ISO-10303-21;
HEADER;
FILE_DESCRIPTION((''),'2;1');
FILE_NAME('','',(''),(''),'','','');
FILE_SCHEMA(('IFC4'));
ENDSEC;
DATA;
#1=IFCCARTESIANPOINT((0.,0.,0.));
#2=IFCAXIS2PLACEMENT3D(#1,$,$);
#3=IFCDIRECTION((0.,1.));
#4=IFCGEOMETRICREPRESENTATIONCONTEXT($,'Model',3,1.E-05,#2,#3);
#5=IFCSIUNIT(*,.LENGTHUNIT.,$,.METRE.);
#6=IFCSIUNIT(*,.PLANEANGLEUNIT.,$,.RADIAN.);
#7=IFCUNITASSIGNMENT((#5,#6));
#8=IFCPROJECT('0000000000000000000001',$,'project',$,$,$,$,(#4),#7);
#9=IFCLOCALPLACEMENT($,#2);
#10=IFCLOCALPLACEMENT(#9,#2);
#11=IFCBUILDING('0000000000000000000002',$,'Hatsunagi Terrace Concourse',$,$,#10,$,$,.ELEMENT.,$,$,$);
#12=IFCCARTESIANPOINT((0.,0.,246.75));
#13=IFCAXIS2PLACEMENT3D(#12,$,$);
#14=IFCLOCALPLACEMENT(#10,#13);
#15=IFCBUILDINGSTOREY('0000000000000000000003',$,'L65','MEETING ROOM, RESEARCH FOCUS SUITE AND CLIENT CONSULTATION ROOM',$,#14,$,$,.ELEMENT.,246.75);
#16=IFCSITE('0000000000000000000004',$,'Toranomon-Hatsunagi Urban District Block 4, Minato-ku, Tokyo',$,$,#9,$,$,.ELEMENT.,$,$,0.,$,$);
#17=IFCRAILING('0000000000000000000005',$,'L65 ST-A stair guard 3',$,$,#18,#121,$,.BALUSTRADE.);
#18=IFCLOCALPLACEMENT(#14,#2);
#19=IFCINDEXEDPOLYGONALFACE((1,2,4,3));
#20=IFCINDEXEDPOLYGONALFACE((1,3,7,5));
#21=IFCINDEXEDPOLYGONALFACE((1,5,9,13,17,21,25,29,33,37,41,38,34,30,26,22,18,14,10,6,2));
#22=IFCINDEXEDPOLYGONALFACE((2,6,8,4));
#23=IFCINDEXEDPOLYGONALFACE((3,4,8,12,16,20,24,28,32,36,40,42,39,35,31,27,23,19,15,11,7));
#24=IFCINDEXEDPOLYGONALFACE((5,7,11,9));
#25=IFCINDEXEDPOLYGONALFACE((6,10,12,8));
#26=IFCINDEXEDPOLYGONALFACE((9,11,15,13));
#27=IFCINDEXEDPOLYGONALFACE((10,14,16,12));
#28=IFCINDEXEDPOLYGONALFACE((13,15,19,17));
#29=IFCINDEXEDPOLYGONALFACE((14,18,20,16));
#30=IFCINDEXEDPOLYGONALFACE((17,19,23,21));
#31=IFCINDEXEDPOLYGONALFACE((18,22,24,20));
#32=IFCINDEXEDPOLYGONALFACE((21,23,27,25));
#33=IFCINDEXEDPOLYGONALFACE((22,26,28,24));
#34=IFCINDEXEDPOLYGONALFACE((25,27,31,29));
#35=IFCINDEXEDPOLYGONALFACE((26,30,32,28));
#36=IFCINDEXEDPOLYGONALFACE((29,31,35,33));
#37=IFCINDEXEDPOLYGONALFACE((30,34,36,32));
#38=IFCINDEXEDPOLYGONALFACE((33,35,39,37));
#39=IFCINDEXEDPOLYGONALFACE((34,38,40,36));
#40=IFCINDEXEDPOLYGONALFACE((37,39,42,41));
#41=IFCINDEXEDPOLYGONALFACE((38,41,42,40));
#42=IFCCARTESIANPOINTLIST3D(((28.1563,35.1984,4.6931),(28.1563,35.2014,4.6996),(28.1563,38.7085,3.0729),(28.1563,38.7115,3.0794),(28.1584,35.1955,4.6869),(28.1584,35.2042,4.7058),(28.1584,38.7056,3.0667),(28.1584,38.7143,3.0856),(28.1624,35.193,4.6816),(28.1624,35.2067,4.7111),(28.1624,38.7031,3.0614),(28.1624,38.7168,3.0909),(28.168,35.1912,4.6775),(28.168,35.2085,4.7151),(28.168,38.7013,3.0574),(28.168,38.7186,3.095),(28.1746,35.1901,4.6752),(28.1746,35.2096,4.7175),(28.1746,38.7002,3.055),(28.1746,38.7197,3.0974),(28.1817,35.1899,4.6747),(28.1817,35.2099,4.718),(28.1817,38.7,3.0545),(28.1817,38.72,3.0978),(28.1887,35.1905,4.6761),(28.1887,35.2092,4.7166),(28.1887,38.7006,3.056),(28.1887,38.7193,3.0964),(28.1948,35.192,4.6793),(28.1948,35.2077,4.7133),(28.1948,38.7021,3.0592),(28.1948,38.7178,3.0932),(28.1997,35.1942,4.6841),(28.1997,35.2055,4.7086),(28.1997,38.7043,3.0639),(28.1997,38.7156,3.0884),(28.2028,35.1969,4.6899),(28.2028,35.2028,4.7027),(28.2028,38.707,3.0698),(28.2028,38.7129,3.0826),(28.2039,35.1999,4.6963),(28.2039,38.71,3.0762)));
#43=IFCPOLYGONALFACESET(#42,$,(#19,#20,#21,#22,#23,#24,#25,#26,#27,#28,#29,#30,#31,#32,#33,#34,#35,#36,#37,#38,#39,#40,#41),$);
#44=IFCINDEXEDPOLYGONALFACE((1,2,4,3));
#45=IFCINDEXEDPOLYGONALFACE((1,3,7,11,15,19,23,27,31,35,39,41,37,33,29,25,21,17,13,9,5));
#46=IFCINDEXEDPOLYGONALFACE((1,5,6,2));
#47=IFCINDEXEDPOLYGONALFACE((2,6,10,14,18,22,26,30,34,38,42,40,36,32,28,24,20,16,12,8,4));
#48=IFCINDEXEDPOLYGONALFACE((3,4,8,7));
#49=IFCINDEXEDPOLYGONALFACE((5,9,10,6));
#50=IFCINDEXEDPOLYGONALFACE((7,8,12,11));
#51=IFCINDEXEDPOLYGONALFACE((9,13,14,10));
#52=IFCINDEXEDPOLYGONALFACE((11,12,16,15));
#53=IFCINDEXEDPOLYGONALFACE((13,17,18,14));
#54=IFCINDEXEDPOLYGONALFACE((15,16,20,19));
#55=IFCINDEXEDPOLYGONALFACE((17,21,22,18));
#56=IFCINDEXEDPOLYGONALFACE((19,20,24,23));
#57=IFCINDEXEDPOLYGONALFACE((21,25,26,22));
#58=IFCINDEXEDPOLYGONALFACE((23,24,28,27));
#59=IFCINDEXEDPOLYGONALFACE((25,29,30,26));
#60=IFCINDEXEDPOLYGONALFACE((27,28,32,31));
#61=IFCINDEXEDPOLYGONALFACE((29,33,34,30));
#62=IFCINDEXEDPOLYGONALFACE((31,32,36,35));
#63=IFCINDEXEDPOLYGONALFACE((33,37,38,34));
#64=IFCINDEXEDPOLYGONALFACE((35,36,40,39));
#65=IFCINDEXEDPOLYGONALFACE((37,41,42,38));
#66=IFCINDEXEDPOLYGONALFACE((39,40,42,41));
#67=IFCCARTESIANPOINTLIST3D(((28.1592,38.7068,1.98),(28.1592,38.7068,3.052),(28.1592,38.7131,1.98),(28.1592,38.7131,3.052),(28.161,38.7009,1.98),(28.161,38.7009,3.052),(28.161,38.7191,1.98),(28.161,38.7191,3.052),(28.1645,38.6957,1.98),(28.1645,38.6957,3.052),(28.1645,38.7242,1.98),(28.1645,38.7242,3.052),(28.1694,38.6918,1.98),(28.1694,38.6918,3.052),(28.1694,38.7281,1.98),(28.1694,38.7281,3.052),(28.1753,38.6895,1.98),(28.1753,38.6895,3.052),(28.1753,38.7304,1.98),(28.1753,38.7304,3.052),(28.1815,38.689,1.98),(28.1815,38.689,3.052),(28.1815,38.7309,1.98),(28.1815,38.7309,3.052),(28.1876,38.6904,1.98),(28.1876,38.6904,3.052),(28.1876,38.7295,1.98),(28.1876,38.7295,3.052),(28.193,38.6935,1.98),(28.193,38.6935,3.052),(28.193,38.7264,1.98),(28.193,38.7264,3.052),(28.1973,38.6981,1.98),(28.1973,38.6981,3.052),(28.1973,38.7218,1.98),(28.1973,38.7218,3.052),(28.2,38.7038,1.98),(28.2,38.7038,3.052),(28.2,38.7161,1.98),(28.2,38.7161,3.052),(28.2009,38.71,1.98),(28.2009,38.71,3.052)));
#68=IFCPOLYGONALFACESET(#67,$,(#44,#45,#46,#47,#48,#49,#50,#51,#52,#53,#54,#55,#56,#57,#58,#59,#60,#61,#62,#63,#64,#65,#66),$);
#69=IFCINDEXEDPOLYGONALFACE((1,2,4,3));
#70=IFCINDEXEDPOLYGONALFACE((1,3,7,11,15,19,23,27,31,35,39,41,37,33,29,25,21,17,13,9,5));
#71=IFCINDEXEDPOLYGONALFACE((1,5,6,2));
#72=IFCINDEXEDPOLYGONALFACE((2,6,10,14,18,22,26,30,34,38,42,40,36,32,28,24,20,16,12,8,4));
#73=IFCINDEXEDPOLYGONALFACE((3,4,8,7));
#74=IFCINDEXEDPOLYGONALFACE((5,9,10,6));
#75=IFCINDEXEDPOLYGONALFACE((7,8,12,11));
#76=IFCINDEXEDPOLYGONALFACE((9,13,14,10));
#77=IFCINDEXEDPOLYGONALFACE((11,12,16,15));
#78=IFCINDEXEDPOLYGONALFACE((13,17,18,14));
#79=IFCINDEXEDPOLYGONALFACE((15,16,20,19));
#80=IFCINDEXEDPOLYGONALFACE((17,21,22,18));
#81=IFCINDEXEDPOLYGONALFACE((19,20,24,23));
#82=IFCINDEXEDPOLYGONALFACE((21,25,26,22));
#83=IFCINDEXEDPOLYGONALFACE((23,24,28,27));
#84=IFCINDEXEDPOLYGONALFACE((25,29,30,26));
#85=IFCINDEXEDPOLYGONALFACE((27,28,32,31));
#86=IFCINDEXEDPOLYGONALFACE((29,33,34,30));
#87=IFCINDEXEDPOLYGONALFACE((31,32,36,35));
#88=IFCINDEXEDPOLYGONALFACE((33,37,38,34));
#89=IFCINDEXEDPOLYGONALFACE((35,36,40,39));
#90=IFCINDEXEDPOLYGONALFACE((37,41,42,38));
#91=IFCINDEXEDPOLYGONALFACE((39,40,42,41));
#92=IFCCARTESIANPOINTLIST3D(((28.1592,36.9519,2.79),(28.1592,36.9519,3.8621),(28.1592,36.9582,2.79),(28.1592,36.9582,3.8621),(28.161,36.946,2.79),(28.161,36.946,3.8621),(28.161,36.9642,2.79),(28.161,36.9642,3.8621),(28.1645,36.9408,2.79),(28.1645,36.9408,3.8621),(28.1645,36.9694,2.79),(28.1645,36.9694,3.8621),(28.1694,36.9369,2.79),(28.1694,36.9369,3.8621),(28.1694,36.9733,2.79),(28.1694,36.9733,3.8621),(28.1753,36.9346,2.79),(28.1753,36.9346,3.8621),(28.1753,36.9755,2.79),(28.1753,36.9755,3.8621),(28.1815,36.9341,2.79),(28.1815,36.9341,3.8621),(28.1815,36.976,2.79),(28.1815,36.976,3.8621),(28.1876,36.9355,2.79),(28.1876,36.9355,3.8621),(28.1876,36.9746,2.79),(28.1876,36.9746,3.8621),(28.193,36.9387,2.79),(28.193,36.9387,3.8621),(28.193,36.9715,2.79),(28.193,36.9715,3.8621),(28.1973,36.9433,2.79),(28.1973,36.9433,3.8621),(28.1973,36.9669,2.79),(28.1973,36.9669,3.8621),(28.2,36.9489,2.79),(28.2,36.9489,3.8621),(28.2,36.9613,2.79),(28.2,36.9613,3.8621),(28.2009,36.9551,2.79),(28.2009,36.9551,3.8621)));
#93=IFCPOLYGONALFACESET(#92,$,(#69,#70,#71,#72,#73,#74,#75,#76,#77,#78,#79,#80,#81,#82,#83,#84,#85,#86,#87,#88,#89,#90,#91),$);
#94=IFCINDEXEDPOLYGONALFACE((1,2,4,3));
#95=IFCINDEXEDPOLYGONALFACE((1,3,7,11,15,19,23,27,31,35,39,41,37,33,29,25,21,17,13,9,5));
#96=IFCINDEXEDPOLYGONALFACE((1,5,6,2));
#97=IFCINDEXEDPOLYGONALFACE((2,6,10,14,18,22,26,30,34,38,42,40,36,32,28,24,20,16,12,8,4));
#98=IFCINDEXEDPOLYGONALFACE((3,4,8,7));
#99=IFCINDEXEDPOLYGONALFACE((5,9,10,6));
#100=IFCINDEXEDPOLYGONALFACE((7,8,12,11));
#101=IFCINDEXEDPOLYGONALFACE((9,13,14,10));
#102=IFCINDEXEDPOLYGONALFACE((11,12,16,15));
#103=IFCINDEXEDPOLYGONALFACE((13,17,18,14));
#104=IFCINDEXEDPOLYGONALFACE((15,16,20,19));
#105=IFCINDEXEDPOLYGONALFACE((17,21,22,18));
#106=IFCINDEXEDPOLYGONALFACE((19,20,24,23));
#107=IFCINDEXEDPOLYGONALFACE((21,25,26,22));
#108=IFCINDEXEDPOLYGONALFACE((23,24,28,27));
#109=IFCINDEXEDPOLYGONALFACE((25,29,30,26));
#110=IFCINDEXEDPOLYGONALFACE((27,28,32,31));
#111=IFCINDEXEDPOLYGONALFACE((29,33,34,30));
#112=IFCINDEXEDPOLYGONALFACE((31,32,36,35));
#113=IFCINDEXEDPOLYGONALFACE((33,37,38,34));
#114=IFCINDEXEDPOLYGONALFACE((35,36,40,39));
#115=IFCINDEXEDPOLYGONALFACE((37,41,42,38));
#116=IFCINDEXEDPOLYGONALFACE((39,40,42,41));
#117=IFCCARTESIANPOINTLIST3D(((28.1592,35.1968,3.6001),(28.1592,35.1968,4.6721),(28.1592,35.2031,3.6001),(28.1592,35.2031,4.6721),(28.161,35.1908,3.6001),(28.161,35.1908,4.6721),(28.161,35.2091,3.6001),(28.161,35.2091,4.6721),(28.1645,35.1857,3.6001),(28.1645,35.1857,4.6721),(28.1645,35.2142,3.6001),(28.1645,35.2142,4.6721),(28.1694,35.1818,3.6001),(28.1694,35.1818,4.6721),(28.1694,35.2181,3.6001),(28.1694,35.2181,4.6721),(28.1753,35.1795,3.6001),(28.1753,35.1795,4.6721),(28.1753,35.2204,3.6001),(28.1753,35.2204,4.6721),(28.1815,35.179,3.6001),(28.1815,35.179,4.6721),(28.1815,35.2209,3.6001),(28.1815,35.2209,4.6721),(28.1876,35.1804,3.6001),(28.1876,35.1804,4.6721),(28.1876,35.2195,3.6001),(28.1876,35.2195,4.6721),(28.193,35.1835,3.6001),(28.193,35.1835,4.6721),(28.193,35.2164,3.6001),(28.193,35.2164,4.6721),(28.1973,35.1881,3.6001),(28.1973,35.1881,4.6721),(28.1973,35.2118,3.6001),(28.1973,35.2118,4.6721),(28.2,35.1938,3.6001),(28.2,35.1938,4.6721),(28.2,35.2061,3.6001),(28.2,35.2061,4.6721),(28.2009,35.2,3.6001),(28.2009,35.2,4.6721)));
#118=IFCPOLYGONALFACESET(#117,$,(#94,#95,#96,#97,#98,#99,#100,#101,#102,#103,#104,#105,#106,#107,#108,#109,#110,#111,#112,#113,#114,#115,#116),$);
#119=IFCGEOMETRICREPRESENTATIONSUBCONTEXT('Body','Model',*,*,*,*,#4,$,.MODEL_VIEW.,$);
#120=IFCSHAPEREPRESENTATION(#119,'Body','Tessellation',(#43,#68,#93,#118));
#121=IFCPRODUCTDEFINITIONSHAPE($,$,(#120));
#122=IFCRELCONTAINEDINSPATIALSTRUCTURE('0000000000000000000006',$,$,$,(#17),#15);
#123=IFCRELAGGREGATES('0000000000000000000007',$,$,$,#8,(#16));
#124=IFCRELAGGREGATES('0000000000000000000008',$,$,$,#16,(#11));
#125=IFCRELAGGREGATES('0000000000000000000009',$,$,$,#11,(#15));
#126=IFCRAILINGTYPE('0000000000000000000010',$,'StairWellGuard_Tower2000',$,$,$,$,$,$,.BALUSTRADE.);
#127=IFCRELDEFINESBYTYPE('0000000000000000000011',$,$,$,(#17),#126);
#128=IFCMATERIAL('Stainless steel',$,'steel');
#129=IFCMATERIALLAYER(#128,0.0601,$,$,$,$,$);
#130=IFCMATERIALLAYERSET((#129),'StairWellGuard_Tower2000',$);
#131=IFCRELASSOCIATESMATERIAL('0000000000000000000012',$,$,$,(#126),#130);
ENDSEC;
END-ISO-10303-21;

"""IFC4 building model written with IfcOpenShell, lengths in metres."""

from ifc_helpers import new_model, si_unit, direction, frame, origin, origin_2d, place, context, subcontext, project, spatial, circle, extrude, material, layer, layer_set, type_object, element, save


model = new_model("IFC4")

# Units and contexts
model_context = context("Model", 3, precision=1e-05, world=origin(), true_north=direction((0.0, 1.0)))
body_context = subcontext(model_context, "Body", "Model", "MODEL_VIEW")
ifc_project = project(units=[si_unit("LENGTHUNIT", "METRE"), si_unit("PLANEANGLEUNIT", "RADIAN")], contexts=[model_context])

# Site, building, storey
site_placement = place(None, origin())
site = spatial("IfcSite", under=ifc_project, at=site_placement, Name="Toranomon-Hatsunagi Urban District Block 4, Minato-ku, Tokyo", CompositionType="ELEMENT", RefElevation=0.0)
building_placement = place(site_placement, origin())
building = spatial("IfcBuilding", under=site, at=building_placement, Name="Hatsunagi Terrace Concourse", CompositionType="ELEMENT")
storey_placement = place(building_placement, frame((0.0, 0.0, 246.75)))
storey = spatial("IfcBuildingStorey", under=building, at=storey_placement, Name="L65", Description="MEETING ROOM, RESEARCH FOCUS SUITE AND CLIENT CONSULTATION ROOM", CompositionType="ELEMENT", Elevation=246.75)

# Railing
ifc_material_1 = material(Name="Stainless steel", Category="steel")
ifc_layer_1 = layer(ifc_material_1, 0.0601)
ifc_layer_set_1 = layer_set([ifc_layer_1], Name="StairWellGuard_Tower2000")
railing_type = type_object("IfcRailingType", Name="StairWellGuard_Tower2000", PredefinedType="BALUSTRADE", material=ifc_layer_set_1)
railing_1_placement = place(storey_placement, frame((28.1799, 38.71, 1.98)))
element("IfcRailing", 1, at=railing_1_placement, inside=storey, type_object=railing_type, Name="L65 ST-A stair guard 3", PredefinedType="BALUSTRADE", context=body_context, shape_type="SweptSolid", body=[
    extrude(circle(Radius=0.0239, at=origin_2d()), frame((0.0, 0.0, 1.0962), z_axis=(0.0, -0.907948, 0.419082), x_axis=(1.0, 0.0, 0.0)), (0.0, 0.0, 1.0), 3.866),
    extrude(circle(Radius=0.021, at=origin_2d()), origin(), (0.0, 0.0, 1.0), 1.072),
    extrude(circle(Radius=0.021, at=origin_2d()), frame((0.0, -1.7549, 0.8101)), (0.0, 0.0, 1.0), 1.072),
    extrude(circle(Radius=0.021, at=origin_2d()), frame((0.0, -3.51, 1.6201)), (0.0, 0.0, 1.0), 1.072),
])

save(model, "model.ifc")
